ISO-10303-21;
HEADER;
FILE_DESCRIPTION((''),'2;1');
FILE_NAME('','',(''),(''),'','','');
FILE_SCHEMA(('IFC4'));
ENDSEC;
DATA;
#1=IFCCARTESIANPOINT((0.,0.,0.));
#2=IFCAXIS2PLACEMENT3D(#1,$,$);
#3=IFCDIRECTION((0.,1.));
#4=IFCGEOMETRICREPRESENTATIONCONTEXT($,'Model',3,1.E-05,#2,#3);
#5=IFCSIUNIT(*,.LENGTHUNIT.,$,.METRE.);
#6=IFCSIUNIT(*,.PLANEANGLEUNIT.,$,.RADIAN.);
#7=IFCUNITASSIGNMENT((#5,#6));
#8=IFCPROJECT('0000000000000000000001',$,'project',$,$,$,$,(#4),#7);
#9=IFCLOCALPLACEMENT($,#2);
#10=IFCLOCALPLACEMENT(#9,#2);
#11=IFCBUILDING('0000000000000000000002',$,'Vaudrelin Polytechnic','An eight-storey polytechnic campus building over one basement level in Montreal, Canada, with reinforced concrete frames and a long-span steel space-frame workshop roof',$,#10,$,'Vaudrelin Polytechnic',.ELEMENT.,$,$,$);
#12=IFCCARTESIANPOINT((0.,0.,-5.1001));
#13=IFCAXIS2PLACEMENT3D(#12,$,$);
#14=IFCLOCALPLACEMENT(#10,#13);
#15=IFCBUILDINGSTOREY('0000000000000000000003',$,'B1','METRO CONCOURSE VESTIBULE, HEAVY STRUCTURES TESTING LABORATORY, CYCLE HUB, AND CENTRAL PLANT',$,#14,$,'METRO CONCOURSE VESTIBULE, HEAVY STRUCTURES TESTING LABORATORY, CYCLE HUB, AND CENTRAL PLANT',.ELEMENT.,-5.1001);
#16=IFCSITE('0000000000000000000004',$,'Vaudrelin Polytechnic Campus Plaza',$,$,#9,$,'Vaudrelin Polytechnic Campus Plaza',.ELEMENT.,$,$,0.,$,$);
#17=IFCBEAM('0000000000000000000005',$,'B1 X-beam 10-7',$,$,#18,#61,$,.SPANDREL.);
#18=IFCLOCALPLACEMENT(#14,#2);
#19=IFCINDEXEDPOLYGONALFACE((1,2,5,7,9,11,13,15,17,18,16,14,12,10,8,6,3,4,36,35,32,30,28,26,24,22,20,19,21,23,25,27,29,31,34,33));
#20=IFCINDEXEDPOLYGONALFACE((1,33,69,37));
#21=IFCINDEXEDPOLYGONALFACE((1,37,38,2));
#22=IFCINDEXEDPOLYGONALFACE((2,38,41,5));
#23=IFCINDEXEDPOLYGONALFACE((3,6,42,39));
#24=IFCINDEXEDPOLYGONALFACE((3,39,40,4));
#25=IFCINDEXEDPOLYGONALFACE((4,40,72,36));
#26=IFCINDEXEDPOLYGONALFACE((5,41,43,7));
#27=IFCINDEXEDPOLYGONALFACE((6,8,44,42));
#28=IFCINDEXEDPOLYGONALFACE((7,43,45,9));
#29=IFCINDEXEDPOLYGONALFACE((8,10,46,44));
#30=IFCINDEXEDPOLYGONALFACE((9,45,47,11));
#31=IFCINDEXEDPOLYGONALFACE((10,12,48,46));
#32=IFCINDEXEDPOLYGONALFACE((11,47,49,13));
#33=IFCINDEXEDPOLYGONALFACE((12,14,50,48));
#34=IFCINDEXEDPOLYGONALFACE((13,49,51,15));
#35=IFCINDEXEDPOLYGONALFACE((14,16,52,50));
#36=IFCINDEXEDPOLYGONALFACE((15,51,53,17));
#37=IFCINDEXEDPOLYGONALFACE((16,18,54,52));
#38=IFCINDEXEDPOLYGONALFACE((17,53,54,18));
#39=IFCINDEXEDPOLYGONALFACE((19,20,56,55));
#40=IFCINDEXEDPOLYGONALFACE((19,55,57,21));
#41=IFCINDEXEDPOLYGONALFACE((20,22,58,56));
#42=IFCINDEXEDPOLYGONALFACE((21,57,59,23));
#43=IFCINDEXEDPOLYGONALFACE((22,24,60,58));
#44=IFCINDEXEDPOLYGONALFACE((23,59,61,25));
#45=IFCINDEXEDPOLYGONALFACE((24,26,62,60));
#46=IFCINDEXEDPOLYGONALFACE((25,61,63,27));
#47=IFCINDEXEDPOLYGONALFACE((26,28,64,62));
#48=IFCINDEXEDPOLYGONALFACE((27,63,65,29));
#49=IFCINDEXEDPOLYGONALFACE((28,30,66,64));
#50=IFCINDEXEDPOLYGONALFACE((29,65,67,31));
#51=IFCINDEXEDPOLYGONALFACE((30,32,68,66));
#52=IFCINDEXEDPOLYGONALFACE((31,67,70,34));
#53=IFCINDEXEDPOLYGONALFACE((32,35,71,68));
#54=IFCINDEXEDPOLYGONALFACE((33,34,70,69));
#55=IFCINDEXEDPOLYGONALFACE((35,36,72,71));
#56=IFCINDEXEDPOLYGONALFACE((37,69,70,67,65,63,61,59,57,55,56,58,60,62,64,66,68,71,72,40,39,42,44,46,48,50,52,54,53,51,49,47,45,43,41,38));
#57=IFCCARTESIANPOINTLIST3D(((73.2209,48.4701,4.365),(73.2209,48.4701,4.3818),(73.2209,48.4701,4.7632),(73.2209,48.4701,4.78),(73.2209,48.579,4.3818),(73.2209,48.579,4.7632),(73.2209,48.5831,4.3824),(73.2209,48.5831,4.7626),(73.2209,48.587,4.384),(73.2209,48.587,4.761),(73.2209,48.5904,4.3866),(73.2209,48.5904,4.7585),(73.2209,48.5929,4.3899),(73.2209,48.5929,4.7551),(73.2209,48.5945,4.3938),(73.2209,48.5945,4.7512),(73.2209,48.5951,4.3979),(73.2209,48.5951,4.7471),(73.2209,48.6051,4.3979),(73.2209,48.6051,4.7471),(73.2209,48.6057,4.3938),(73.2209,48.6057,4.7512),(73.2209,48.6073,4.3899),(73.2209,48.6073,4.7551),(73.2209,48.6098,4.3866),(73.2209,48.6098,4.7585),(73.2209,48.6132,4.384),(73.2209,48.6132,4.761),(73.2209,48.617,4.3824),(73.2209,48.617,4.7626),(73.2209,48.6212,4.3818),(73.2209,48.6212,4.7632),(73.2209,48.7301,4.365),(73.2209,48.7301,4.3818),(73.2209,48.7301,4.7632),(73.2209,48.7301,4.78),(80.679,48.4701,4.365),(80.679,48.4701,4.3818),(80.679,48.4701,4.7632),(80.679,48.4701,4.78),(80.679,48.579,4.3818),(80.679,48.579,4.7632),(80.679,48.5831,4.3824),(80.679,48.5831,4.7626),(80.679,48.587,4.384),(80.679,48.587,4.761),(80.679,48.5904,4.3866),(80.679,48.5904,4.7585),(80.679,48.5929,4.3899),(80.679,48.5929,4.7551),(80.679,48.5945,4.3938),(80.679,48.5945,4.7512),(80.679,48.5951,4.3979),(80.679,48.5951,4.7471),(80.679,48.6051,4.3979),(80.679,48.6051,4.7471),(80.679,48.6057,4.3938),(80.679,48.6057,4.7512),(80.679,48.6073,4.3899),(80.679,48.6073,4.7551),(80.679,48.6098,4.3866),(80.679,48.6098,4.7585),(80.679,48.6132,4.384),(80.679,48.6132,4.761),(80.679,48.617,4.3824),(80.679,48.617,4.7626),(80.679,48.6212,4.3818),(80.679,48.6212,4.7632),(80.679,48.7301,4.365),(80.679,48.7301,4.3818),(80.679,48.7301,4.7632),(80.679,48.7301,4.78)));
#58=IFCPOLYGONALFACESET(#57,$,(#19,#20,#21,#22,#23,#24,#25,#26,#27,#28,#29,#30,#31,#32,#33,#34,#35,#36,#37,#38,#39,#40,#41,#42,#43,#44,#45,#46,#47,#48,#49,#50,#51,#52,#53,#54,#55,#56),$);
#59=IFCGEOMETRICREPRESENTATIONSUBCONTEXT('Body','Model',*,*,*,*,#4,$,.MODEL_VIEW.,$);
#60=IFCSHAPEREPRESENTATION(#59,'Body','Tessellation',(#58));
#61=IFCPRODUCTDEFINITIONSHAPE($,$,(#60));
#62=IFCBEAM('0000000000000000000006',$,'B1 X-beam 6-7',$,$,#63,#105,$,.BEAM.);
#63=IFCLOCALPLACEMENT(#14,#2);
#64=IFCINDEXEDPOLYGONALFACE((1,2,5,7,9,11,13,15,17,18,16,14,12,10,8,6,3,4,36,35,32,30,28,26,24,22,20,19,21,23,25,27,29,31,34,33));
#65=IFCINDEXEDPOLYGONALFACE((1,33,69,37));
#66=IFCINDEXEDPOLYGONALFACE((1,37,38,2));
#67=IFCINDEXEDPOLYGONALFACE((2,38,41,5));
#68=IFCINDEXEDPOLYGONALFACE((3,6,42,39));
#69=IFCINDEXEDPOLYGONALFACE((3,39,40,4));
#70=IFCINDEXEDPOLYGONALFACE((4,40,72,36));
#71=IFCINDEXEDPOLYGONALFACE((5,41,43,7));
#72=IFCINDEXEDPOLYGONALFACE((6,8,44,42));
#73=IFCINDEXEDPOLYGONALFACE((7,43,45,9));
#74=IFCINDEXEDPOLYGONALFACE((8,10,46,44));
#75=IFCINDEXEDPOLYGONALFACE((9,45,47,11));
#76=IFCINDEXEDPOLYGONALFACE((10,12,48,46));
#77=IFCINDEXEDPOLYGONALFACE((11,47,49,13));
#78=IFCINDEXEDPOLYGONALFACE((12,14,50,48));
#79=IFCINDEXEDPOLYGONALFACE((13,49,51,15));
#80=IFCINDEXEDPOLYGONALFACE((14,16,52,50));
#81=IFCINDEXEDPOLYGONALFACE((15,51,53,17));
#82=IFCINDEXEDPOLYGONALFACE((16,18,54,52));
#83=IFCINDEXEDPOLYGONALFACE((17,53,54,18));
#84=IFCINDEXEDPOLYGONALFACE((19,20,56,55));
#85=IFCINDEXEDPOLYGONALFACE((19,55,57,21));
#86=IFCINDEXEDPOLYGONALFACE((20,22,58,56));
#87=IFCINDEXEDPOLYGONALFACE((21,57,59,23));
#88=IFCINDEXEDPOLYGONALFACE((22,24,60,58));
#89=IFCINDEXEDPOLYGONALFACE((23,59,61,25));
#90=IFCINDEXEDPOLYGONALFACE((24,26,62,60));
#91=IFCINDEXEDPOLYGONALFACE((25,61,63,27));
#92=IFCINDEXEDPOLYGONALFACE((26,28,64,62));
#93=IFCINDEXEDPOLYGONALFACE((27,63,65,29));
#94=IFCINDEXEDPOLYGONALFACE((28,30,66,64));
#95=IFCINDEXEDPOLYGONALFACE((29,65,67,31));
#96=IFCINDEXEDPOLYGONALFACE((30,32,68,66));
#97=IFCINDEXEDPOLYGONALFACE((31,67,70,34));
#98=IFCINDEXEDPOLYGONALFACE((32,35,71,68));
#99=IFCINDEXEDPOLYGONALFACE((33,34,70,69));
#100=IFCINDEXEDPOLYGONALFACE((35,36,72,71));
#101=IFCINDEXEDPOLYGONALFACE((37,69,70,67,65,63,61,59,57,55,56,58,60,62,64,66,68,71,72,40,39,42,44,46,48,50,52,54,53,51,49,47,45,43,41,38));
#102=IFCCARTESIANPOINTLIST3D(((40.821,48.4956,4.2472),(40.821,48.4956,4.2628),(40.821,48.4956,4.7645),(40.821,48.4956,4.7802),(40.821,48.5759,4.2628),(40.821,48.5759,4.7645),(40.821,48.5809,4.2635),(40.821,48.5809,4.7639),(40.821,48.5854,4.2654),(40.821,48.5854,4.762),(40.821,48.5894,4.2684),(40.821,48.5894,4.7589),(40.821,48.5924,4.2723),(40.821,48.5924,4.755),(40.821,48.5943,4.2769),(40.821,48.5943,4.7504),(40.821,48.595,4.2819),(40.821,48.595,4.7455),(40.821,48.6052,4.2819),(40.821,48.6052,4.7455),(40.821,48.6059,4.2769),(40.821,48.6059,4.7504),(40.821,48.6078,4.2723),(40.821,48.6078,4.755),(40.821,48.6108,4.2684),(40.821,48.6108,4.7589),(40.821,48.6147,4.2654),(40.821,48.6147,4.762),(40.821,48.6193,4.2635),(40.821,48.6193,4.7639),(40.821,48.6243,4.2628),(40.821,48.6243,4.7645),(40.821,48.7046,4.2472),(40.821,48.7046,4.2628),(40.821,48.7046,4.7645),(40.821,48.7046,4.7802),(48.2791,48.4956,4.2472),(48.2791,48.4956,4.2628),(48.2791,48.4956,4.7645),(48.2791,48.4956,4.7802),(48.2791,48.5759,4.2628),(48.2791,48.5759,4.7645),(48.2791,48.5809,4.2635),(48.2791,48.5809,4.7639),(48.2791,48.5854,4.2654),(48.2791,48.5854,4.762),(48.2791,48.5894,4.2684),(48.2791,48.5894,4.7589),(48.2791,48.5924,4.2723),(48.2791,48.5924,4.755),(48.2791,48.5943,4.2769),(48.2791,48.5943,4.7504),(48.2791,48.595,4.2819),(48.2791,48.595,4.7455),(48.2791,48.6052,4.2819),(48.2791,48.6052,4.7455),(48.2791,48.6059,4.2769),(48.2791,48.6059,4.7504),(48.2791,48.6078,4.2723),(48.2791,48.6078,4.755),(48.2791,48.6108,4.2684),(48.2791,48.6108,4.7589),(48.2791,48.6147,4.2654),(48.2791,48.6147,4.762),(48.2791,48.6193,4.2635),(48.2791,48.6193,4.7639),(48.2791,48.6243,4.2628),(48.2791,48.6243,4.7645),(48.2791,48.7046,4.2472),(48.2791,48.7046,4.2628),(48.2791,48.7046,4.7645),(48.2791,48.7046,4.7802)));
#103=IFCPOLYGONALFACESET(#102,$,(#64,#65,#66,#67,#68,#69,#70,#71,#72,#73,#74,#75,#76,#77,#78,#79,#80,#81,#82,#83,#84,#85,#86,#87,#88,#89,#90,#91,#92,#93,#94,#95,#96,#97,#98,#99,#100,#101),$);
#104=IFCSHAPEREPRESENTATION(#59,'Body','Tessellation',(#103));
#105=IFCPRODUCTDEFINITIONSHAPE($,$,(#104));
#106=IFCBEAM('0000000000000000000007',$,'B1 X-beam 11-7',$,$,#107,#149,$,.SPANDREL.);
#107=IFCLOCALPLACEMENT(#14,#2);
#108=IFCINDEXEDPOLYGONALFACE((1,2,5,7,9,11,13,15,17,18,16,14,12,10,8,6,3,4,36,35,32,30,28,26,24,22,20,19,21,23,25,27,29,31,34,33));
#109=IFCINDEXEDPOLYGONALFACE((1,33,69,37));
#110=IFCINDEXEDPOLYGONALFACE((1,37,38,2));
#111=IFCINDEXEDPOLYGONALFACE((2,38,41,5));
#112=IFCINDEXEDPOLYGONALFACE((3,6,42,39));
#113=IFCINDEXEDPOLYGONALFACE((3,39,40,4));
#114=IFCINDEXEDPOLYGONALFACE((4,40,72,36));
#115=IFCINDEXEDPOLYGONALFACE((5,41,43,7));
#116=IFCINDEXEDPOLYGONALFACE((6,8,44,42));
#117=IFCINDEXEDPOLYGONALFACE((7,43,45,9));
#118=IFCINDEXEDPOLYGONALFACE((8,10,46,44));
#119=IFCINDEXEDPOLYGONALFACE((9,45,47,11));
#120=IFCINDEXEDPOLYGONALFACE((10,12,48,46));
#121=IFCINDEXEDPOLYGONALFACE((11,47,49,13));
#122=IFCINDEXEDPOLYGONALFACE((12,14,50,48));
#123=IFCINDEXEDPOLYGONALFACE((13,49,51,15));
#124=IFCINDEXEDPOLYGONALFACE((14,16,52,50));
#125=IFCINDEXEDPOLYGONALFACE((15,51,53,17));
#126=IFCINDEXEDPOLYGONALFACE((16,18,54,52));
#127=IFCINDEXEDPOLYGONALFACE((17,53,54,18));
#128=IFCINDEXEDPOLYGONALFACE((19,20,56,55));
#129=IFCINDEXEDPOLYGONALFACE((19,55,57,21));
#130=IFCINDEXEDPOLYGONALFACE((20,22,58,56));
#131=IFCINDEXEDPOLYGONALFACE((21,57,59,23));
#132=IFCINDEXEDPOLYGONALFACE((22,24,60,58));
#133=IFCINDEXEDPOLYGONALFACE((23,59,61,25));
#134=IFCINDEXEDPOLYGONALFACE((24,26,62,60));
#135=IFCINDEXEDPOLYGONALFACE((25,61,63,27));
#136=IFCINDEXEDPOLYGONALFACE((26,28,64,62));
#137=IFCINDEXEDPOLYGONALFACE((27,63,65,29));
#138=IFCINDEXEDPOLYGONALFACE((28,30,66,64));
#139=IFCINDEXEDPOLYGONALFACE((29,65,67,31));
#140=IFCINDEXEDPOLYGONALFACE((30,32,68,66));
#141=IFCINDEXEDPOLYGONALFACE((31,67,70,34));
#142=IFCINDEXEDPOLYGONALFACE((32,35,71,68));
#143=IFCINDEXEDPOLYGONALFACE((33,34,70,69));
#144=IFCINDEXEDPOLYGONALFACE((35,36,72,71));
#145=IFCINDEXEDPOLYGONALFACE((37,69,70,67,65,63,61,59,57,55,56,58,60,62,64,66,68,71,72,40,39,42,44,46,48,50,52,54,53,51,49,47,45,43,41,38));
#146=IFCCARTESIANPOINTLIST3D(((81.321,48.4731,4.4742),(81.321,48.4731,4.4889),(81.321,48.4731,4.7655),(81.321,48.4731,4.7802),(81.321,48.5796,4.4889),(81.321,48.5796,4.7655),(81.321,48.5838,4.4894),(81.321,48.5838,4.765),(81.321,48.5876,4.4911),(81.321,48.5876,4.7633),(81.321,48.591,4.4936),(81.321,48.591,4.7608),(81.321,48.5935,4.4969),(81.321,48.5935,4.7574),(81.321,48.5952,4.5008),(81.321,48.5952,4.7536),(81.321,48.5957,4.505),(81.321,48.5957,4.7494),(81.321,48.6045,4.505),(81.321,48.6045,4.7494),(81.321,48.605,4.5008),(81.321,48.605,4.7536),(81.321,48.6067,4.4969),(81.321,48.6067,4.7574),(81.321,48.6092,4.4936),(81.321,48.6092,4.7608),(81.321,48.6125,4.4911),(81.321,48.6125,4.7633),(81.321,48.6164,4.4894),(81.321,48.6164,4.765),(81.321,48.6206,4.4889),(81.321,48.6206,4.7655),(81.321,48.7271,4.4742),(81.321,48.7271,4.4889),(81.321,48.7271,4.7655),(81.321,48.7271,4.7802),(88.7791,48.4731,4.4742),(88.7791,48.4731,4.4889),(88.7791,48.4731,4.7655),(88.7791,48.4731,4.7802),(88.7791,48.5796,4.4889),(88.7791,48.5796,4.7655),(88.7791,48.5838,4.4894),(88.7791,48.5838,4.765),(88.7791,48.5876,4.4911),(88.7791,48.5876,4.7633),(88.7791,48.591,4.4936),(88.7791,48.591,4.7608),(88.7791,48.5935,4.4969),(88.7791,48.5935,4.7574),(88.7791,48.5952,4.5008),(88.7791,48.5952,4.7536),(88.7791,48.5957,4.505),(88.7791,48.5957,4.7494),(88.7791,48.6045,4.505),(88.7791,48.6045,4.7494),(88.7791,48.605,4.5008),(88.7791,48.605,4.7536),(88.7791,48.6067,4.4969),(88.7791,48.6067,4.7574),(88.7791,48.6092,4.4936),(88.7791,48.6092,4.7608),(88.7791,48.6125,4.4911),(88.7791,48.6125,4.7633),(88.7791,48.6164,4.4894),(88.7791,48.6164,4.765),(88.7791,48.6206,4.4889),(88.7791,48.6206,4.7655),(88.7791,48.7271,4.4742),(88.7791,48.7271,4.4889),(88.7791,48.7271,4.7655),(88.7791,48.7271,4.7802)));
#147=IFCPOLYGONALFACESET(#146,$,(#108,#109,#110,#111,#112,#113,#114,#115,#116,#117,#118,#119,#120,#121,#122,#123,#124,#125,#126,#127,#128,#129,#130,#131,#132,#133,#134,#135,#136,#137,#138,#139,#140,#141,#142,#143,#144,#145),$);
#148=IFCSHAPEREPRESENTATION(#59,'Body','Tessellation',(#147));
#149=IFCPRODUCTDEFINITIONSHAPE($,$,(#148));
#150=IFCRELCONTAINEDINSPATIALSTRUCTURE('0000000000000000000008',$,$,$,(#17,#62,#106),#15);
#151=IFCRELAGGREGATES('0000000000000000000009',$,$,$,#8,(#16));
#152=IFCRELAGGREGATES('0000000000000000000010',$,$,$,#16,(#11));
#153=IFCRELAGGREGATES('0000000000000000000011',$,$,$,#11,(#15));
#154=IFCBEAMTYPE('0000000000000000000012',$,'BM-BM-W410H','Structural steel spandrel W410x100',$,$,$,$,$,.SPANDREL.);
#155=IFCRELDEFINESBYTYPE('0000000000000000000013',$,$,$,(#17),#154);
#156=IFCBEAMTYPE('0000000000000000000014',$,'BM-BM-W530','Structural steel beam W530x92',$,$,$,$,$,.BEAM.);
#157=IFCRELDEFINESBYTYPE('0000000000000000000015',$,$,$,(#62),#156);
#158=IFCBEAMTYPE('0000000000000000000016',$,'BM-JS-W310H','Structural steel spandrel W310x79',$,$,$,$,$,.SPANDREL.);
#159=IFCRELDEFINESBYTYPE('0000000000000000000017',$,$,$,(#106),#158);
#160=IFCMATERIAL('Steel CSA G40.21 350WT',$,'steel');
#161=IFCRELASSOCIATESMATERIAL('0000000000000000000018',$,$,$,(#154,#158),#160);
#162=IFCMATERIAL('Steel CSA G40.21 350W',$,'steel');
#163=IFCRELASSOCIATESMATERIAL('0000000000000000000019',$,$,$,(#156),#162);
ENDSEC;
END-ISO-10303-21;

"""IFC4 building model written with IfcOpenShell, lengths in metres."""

from ifc_helpers import new_model, si_unit, direction, frame, origin, origin_2d, place, context, subcontext, project, spatial, i_section, extrude, material, material_profile, profile_set, type_object, element, save


model = new_model("IFC4")

# Units and contexts
model_context = context("Model", 3, precision=1e-05, world=origin(), true_north=direction((0.0, 1.0)))
body_context = subcontext(model_context, "Body", "Model", "MODEL_VIEW")
ifc_project = project(units=[si_unit("LENGTHUNIT", "METRE"), si_unit("PLANEANGLEUNIT", "RADIAN")], contexts=[model_context])

# Site, building, storey
site_placement = place(None, origin())
site = spatial("IfcSite", under=ifc_project, at=site_placement, Name="Vaudrelin Polytechnic Campus Plaza", LongName="Vaudrelin Polytechnic Campus Plaza", CompositionType="ELEMENT", RefElevation=0.0)
building_placement = place(site_placement, origin())
building = spatial("IfcBuilding", under=site, at=building_placement, Name="Vaudrelin Polytechnic", Description="An eight-storey polytechnic campus building over one basement level in Montreal, Canada, with reinforced concrete frames and a long-span steel space-frame workshop roof", LongName="Vaudrelin Polytechnic", CompositionType="ELEMENT")
storey_placement = place(building_placement, frame((0.0, 0.0, -5.1001)))
storey = spatial("IfcBuildingStorey", under=building, at=storey_placement, Name="B1", Description="METRO CONCOURSE VESTIBULE, HEAVY STRUCTURES TESTING LABORATORY, CYCLE HUB, AND CENTRAL PLANT", LongName="METRO CONCOURSE VESTIBULE, HEAVY STRUCTURES TESTING LABORATORY, CYCLE HUB, AND CENTRAL PLANT", CompositionType="ELEMENT", Elevation=-5.1001)

# Shared definitions
ifc_material_1 = material(Name="Steel CSA G40.21 350WT", Category="steel")

# Beams
ifc_material_profile_1 = material_profile(ifc_material_1, i_section(OverallWidth=0.26, OverallDepth=0.415, WebThickness=0.01, FlangeThickness=0.0168, FilletRadius=0.0161, at=origin_2d()), Name="W410x100")
ifc_profile_set_1 = profile_set([ifc_material_profile_1], Name="Steel CSA G40.21 350WT")
beam_type_1 = type_object("IfcBeamType", Name="BM-BM-W410H", Description="Structural steel spandrel W410x100", PredefinedType="SPANDREL", material=ifc_profile_set_1)
beam_1_placement = place(storey_placement, frame((73.2209, 48.6001, 4.5725), z_axis=(1.0, 0.0, 0.0), x_axis=(0.0, 1.0, 0.0)))
element("IfcBeam", 1, at=beam_1_placement, inside=storey, type_object=beam_type_1, Name="B1 X-beam 10-7", PredefinedType="SPANDREL", context=body_context, shape_type="SweptSolid", body=[
    extrude(i_section(OverallWidth=0.26, OverallDepth=0.415, WebThickness=0.01, FlangeThickness=0.0168, FilletRadius=0.0161, at=origin_2d()), origin(), (0.0, 0.0, 1.0), 7.458),
])
ifc_material_2 = material(Name="Steel CSA G40.21 350W", Category="steel")
ifc_material_profile_2 = material_profile(ifc_material_2, i_section(OverallWidth=0.209, OverallDepth=0.533, WebThickness=0.0103, FlangeThickness=0.0156, FilletRadius=0.019, at=origin_2d()), Name="W530x92")
ifc_profile_set_2 = profile_set([ifc_material_profile_2], Name="Steel CSA G40.21 350W")
beam_type_2 = type_object("IfcBeamType", Name="BM-BM-W530", Description="Structural steel beam W530x92", PredefinedType="BEAM", material=ifc_profile_set_2)
beam_2_placement = place(storey_placement, frame((40.821, 48.6001, 4.5137), z_axis=(1.0, 0.0, 0.0), x_axis=(0.0, 1.0, 0.0)))
element("IfcBeam", 2, at=beam_2_placement, inside=storey, type_object=beam_type_2, Name="B1 X-beam 6-7", PredefinedType="BEAM", context=body_context, shape_type="SweptSolid", body=[
    extrude(i_section(OverallWidth=0.209, OverallDepth=0.533, WebThickness=0.0103, FlangeThickness=0.0156, FilletRadius=0.019, at=origin_2d()), origin(), (0.0, 0.0, 1.0), 7.458),
])
ifc_material_profile_3 = material_profile(ifc_material_1, i_section(OverallWidth=0.2539, OverallDepth=0.3059, WebThickness=0.0088, FlangeThickness=0.0146, FilletRadius=0.0161, at=origin_2d()), Name="W310x79")
ifc_profile_set_3 = profile_set([ifc_material_profile_3], Name="Steel CSA G40.21 350WT")
beam_type_3 = type_object("IfcBeamType", Name="BM-JS-W310H", Description="Structural steel spandrel W310x79", PredefinedType="SPANDREL", material=ifc_profile_set_3)
beam_3_placement = place(storey_placement, frame((81.321, 48.6001, 4.6272), z_axis=(1.0, 0.0, 0.0), x_axis=(0.0, 1.0, 0.0)))
element("IfcBeam", 3, at=beam_3_placement, inside=storey, type_object=beam_type_3, Name="B1 X-beam 11-7", PredefinedType="SPANDREL", context=body_context, shape_type="SweptSolid", body=[
    extrude(i_section(OverallWidth=0.2539, OverallDepth=0.3059, WebThickness=0.0088, FlangeThickness=0.0146, FilletRadius=0.0161, at=origin_2d()), origin(), (0.0, 0.0, 1.0), 7.458),
])

save(model, "model.ifc")
